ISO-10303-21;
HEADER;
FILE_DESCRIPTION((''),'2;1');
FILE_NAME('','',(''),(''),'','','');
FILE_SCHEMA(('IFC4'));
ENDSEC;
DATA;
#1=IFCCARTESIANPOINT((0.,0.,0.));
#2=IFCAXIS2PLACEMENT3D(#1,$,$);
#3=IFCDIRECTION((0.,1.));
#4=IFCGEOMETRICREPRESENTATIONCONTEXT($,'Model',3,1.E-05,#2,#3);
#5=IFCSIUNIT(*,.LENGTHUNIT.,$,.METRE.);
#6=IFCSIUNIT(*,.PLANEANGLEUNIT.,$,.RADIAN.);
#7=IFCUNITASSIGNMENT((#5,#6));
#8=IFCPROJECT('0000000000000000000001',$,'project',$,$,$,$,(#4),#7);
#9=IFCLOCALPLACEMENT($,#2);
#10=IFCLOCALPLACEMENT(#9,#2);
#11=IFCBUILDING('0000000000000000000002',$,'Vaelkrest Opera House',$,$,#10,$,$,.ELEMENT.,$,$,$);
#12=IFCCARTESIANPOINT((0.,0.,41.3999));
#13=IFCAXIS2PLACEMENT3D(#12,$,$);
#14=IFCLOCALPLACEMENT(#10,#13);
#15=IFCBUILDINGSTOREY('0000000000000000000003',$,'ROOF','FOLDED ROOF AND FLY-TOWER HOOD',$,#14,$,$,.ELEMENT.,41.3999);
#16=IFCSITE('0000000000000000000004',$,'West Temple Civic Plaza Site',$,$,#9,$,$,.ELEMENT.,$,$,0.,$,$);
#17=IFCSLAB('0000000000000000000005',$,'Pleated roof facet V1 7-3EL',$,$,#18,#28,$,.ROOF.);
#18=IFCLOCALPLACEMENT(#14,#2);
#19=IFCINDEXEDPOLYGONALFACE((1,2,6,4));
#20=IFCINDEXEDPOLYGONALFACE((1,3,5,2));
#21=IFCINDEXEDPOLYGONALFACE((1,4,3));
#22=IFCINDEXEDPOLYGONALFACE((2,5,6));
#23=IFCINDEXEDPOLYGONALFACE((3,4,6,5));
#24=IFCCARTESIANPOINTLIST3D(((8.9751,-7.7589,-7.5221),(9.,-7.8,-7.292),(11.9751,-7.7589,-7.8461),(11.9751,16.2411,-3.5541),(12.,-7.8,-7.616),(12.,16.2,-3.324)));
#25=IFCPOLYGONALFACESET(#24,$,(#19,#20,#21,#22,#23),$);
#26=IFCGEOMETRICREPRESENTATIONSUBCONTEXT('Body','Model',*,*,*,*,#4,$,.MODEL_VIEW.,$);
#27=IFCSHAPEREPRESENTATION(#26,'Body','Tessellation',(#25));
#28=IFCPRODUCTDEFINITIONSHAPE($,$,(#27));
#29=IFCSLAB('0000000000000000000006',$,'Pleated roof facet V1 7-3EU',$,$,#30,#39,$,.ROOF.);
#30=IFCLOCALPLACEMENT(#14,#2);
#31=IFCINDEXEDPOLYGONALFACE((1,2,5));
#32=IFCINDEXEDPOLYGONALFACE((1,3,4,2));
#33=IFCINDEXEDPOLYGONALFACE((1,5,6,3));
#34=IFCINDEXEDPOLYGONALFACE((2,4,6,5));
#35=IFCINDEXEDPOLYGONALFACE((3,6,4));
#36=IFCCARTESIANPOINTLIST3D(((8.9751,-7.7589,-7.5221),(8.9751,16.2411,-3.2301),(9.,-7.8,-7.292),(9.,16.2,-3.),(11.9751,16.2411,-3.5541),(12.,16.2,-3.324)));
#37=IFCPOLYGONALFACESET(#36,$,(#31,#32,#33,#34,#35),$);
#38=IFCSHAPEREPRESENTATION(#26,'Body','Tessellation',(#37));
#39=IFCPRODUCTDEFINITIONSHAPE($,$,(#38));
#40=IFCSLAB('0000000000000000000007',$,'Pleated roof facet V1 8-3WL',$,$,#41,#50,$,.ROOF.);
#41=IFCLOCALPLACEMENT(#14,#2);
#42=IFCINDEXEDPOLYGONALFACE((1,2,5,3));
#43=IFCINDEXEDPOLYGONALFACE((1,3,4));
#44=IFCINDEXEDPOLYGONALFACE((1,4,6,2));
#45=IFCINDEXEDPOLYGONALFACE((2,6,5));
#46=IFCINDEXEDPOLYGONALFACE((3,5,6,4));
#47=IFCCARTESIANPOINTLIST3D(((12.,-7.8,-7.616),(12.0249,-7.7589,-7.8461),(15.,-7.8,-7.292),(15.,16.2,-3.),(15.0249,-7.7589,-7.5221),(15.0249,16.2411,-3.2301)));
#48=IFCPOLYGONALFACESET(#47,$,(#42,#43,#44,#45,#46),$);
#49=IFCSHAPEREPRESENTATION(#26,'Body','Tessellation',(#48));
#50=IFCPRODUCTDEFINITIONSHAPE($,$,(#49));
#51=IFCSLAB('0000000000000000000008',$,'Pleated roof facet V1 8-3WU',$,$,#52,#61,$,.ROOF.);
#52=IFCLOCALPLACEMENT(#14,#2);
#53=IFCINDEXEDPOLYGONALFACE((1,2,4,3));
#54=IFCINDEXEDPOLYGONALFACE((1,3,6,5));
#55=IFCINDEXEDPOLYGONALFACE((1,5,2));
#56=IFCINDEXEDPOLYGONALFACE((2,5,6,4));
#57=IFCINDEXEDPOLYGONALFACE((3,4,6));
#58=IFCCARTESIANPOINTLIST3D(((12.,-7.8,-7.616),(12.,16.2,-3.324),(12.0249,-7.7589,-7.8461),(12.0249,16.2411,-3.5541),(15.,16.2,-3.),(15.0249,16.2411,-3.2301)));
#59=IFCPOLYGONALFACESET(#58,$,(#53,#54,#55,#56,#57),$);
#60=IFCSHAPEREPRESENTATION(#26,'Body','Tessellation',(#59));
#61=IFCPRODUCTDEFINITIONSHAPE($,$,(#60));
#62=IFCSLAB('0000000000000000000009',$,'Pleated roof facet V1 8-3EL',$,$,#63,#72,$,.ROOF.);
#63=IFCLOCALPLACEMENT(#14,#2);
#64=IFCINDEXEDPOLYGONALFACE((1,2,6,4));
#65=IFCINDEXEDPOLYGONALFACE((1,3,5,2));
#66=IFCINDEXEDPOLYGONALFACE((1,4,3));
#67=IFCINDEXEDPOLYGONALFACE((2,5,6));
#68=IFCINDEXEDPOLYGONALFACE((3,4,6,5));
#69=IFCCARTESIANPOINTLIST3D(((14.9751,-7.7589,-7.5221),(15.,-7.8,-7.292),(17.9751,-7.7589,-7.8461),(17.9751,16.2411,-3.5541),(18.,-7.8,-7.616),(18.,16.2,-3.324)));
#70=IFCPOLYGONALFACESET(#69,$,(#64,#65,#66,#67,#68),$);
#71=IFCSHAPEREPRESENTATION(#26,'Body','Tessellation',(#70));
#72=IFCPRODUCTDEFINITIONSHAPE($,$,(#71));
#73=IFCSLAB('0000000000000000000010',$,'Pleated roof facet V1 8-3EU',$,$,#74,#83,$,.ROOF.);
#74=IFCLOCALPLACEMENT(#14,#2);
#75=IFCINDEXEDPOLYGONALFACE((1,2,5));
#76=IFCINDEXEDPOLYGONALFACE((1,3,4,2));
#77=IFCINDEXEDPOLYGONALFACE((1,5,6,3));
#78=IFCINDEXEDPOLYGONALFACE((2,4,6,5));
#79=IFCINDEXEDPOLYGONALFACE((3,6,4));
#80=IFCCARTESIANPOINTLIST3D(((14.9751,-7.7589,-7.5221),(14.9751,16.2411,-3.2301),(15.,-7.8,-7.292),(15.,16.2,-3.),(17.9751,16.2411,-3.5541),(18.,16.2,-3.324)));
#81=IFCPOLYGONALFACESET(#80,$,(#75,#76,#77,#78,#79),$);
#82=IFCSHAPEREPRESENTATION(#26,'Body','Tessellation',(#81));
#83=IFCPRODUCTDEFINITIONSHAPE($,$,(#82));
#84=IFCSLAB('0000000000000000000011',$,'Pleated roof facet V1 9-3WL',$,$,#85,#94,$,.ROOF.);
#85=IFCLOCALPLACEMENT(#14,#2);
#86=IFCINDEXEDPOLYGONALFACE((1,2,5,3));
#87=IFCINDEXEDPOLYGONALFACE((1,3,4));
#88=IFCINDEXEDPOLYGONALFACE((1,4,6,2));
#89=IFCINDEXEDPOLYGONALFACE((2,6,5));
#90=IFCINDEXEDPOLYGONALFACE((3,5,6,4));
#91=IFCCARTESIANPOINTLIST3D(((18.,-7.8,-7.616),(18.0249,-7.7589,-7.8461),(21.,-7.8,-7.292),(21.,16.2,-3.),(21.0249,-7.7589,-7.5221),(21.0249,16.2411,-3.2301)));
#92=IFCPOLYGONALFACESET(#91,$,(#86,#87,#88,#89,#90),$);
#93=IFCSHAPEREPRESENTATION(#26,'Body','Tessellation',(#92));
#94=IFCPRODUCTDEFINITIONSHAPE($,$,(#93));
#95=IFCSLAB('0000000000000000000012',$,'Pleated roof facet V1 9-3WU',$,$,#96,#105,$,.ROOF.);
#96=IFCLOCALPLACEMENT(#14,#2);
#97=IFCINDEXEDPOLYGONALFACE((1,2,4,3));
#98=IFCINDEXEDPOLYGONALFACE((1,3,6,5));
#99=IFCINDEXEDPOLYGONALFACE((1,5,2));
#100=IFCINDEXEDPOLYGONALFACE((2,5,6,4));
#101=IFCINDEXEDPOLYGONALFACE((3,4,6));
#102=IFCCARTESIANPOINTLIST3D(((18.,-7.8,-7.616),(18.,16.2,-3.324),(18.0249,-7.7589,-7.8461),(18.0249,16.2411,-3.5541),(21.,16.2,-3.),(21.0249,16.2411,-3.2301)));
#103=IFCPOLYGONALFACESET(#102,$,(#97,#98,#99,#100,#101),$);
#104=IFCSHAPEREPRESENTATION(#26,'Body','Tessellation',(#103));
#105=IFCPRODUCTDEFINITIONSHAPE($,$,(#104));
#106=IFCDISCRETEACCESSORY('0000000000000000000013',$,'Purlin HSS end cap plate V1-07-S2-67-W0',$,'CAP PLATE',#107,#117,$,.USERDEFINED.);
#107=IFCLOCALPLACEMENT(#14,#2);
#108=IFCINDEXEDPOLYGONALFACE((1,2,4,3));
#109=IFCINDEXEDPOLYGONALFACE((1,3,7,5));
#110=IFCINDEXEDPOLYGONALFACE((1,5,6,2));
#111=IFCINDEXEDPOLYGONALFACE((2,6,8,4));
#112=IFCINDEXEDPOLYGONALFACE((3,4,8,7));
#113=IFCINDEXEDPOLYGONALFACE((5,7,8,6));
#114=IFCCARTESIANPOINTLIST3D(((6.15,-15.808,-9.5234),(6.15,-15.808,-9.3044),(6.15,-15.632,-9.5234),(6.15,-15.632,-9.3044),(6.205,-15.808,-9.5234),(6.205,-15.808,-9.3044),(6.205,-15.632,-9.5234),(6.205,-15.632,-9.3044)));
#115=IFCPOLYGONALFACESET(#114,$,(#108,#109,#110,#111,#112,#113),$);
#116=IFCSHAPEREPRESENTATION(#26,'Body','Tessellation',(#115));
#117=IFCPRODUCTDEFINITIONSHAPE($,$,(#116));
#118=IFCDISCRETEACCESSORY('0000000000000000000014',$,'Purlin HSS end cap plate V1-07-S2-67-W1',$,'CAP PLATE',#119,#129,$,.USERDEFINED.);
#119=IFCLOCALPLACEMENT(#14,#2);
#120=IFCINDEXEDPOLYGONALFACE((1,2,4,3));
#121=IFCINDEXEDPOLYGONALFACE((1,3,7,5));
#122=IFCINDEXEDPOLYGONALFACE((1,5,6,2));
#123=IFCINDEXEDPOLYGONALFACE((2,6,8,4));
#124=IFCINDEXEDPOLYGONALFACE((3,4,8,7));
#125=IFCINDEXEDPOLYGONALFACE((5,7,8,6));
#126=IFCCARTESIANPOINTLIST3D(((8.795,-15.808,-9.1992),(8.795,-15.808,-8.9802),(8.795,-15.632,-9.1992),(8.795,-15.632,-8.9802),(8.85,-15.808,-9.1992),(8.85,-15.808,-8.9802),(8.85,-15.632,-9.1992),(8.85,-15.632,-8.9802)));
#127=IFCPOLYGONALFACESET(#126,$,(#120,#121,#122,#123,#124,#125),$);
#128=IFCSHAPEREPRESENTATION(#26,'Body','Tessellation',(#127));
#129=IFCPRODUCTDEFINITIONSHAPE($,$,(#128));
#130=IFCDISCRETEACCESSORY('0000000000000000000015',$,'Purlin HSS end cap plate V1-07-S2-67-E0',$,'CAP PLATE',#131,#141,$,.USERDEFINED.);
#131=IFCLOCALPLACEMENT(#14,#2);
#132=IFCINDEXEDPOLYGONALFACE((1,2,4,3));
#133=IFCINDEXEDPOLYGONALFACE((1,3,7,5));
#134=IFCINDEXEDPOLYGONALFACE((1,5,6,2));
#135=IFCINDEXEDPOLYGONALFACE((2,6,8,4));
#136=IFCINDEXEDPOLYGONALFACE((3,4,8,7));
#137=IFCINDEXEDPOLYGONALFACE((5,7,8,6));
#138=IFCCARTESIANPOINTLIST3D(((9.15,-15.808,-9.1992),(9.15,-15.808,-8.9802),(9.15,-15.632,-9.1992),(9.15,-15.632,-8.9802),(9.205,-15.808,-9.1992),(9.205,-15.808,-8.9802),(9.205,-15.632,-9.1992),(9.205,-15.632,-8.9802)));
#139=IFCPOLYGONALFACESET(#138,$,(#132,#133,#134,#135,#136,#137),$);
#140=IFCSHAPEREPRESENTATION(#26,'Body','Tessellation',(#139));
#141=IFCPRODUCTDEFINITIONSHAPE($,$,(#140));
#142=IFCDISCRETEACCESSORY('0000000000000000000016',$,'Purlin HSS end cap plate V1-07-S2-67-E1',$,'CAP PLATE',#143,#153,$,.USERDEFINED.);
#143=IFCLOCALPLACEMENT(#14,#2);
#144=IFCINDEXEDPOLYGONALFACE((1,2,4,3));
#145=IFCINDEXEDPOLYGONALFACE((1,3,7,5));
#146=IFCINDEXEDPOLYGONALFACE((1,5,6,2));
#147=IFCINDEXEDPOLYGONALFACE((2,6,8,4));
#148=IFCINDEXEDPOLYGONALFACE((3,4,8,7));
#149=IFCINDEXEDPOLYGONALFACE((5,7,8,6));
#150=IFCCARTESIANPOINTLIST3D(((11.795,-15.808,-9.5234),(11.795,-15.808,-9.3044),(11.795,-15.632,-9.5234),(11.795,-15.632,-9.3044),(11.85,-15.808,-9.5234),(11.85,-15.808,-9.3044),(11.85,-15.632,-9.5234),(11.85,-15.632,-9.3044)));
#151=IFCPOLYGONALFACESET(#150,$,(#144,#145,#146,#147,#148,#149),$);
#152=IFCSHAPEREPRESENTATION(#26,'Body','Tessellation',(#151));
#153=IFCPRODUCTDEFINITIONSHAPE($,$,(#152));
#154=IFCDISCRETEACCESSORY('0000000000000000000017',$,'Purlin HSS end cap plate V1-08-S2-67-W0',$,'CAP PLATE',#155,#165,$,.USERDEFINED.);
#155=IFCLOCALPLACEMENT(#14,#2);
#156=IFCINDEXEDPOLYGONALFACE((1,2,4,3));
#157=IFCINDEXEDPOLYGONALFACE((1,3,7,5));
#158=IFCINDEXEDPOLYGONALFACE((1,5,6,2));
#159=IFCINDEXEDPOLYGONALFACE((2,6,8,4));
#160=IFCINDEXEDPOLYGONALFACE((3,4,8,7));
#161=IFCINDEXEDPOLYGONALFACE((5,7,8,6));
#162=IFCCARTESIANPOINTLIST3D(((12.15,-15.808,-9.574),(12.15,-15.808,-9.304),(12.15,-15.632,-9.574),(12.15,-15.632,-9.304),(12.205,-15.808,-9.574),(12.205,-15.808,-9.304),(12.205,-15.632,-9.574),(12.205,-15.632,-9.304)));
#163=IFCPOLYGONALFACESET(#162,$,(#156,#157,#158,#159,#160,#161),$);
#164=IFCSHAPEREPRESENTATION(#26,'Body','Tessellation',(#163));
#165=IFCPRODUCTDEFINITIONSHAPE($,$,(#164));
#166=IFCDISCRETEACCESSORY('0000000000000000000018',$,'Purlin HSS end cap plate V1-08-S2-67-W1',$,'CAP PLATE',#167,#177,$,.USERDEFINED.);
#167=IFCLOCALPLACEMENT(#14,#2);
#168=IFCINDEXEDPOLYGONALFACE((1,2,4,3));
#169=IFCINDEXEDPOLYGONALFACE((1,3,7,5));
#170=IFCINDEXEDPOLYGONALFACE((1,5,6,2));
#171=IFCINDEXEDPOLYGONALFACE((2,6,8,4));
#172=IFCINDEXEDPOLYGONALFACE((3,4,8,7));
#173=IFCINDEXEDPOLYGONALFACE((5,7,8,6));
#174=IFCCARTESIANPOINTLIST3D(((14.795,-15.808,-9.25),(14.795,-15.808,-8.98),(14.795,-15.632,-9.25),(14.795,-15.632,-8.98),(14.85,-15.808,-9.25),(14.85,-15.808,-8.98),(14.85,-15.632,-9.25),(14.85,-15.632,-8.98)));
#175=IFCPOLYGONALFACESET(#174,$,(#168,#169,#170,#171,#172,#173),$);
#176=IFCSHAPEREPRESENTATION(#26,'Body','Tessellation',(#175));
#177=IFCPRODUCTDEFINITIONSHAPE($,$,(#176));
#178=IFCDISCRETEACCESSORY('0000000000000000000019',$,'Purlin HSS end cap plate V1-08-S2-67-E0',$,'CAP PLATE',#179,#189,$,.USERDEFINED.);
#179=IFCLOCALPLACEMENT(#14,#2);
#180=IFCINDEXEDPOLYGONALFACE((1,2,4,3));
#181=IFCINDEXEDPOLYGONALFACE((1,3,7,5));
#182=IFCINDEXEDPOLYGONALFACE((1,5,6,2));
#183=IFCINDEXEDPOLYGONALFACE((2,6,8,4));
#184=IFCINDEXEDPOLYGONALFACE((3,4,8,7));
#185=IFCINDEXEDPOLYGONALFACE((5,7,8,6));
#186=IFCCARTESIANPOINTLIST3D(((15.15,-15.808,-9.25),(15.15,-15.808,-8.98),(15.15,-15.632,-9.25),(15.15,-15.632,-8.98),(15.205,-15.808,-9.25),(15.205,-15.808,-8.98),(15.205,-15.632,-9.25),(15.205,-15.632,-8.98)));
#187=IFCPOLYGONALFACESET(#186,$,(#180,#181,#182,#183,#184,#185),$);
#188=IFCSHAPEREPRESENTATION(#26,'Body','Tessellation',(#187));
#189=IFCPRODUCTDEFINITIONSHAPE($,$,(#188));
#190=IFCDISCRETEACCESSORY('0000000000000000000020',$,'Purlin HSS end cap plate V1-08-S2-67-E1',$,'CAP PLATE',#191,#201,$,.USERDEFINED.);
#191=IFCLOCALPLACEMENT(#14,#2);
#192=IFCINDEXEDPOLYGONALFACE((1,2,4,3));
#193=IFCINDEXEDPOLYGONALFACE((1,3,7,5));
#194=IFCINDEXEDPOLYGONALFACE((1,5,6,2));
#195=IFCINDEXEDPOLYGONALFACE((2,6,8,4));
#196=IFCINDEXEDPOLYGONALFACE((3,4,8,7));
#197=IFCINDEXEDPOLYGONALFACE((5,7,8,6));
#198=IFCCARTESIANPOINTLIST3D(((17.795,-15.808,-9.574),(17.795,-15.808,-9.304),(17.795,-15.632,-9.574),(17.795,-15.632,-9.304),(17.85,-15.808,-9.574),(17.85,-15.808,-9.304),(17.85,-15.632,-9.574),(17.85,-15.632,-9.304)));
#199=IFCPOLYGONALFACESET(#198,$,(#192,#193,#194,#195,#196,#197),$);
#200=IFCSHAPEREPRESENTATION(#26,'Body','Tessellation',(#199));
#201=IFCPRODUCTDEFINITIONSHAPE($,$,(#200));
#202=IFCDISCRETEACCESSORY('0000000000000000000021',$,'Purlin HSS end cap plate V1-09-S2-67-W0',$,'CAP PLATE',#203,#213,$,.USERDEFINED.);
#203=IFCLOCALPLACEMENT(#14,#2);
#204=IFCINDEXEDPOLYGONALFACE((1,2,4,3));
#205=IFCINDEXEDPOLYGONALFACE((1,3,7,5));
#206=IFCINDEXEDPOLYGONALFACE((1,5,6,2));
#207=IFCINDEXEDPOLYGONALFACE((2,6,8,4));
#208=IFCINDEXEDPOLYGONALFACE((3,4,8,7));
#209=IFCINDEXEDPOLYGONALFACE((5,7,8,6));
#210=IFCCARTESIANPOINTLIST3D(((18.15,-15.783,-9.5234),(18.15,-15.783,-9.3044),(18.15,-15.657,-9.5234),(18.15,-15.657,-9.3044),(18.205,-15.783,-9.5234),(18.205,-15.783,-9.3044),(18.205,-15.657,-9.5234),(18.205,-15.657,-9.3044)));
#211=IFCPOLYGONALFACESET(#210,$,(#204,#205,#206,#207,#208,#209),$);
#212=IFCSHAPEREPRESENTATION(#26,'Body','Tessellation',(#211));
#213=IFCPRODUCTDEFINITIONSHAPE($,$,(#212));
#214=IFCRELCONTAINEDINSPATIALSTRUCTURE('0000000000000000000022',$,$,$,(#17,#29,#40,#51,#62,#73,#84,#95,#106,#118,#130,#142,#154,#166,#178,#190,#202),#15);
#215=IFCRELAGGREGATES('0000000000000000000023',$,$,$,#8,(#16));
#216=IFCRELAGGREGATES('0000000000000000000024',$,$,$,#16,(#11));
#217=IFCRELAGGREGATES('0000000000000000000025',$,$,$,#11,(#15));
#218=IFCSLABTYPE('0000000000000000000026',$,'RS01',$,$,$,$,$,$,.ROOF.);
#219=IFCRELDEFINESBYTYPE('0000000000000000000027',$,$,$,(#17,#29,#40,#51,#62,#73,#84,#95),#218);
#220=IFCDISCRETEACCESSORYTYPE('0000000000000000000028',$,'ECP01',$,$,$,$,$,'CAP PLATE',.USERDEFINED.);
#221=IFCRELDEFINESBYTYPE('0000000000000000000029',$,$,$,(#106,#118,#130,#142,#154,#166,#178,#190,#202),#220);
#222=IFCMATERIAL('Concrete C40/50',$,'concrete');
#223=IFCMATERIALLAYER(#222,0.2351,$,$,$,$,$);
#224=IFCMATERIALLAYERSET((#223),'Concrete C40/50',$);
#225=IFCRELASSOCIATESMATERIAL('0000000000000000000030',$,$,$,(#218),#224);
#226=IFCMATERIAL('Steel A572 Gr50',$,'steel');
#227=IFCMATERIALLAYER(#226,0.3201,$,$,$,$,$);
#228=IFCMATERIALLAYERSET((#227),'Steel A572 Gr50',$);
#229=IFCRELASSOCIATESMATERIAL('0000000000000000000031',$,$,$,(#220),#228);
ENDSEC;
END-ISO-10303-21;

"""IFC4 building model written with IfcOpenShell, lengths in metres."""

from ifc_helpers import new_model, si_unit, direction, frame, origin, origin_2d, place, context, subcontext, project, spatial, polyline, rectangle, outline, extrude, material, layer, layer_set, type_object, element, save


model = new_model("IFC4")

# Units and contexts
model_context = context("Model", 3, precision=1e-05, world=origin(), true_north=direction((0.0, 1.0)))
body_context = subcontext(model_context, "Body", "Model", "MODEL_VIEW")
ifc_project = project(units=[si_unit("LENGTHUNIT", "METRE"), si_unit("PLANEANGLEUNIT", "RADIAN")], contexts=[model_context])

# Site, building, storey
site_placement = place(None, origin())
site = spatial("IfcSite", under=ifc_project, at=site_placement, Name="West Temple Civic Plaza Site", CompositionType="ELEMENT", RefElevation=0.0)
building_placement = place(site_placement, origin())
building = spatial("IfcBuilding", under=site, at=building_placement, Name="Vaelkrest Opera House", CompositionType="ELEMENT")
storey_placement = place(building_placement, frame((0.0, 0.0, 41.3999)))
storey = spatial("IfcBuildingStorey", under=building, at=storey_placement, Name="ROOF", Description="FOLDED ROOF AND FLY-TOWER HOOD", CompositionType="ELEMENT", Elevation=41.3999)

# Shared definitions
ifc_material_1 = material(Name="Steel A572 Gr50", Category="steel")

# Slabs
ifc_material_2 = material(Name="Concrete C40/50", Category="concrete")
ifc_layer_1 = layer(ifc_material_2, 0.2351)
ifc_layer_set_1 = layer_set([ifc_layer_1], Name="Concrete C40/50")
slab_type = type_object("IfcSlabType", Name="RS01", PredefinedType="ROOF", material=ifc_layer_set_1)
slab_1_placement = place(storey_placement, frame((9.0, -7.8, -7.292), z_axis=(0.105709, -0.175054, 0.978868), x_axis=(0.994219, 0.0, -0.107367)))
element("IfcSlab", 1, at=slab_1_placement, inside=storey, type_object=slab_type, Name="Pleated roof facet V1 7-3EL", PredefinedType="ROOF", context=body_context, shape_type="SweptSolid", body=[
    extrude(outline(polyline([(0.0, 0.0), (3.0174, 0.0), (2.5566, 24.3764), (0.0, 0.0)])), origin(), (0.0, 0.0, -1.0), 0.2351),
])
slab_2_placement = place(storey_placement, frame((9.0, -7.8, -7.292), z_axis=(0.105709, -0.175054, 0.978868), x_axis=(0.122399, 0.979188, 0.161893)))
element("IfcSlab", 2, at=slab_2_placement, inside=storey, type_object=slab_type, Name="Pleated roof facet V1 7-3EU", PredefinedType="ROOF", context=body_context, shape_type="SweptSolid", body=[
    extrude(outline(polyline([(0.0, 0.0), (24.5101, 0.0), (24.1954, 3.001), (0.0, 0.0)])), origin(), (0.0, 0.0, -1.0), 0.2351),
])
slab_3_placement = place(storey_placement, frame((12.0, -7.8, -7.616), z_axis=(-0.105709, -0.175054, 0.978868), x_axis=(0.994219, 0.0, 0.107367)))
element("IfcSlab", 3, at=slab_3_placement, inside=storey, type_object=slab_type, Name="Pleated roof facet V1 8-3WL", PredefinedType="ROOF", context=body_context, shape_type="SweptSolid", body=[
    extrude(outline(polyline([(0.0, 0.0), (3.0174, 0.0), (3.4783, 24.3764), (0.0, 0.0)])), origin(), (0.0, 0.0, -1.0), 0.2351),
])
slab_4_placement = place(storey_placement, frame((12.0, -7.8, -7.616), z_axis=(-0.105709, -0.175054, 0.978868), x_axis=(0.121836, 0.974686, 0.187463)))
element("IfcSlab", 4, at=slab_4_placement, inside=storey, type_object=slab_type, Name="Pleated roof facet V1 8-3WU", PredefinedType="ROOF", context=body_context, shape_type="SweptSolid", body=[
    extrude(outline(polyline([(0.0, 0.0), (24.6233, 0.0), (24.1971, 2.9872), (0.0, 0.0)])), origin(), (0.0, 0.0, -1.0), 0.2351),
])
slab_5_placement = place(storey_placement, frame((15.0, -7.8, -7.292), z_axis=(0.105709, -0.175054, 0.978868), x_axis=(0.994219, 0.0, -0.107367)))
element("IfcSlab", 5, at=slab_5_placement, inside=storey, type_object=slab_type, Name="Pleated roof facet V1 8-3EL", PredefinedType="ROOF", context=body_context, shape_type="SweptSolid", body=[
    extrude(outline(polyline([(0.0, 0.0), (3.0174, 0.0), (2.5566, 24.3764), (0.0, 0.0)])), origin(), (0.0, 0.0, -1.0), 0.2351),
])
slab_6_placement = place(storey_placement, frame((15.0, -7.8, -7.292), z_axis=(0.105709, -0.175054, 0.978868), x_axis=(0.122399, 0.979188, 0.161893)))
element("IfcSlab", 6, at=slab_6_placement, inside=storey, type_object=slab_type, Name="Pleated roof facet V1 8-3EU", PredefinedType="ROOF", context=body_context, shape_type="SweptSolid", body=[
    extrude(outline(polyline([(0.0, 0.0), (24.5101, 0.0), (24.1954, 3.001), (0.0, 0.0)])), origin(), (0.0, 0.0, -1.0), 0.2351),
])
slab_7_placement = place(storey_placement, frame((18.0, -7.8, -7.616), z_axis=(-0.105709, -0.175054, 0.978868), x_axis=(0.994219, 0.0, 0.107367)))
element("IfcSlab", 7, at=slab_7_placement, inside=storey, type_object=slab_type, Name="Pleated roof facet V1 9-3WL", PredefinedType="ROOF", context=body_context, shape_type="SweptSolid", body=[
    extrude(outline(polyline([(0.0, 0.0), (3.0174, 0.0), (3.4783, 24.3764), (0.0, 0.0)])), origin(), (0.0, 0.0, -1.0), 0.2351),
])
slab_8_placement = place(storey_placement, frame((18.0, -7.8, -7.616), z_axis=(-0.105709, -0.175054, 0.978868), x_axis=(0.121836, 0.974686, 0.187463)))
element("IfcSlab", 8, at=slab_8_placement, inside=storey, type_object=slab_type, Name="Pleated roof facet V1 9-3WU", PredefinedType="ROOF", context=body_context, shape_type="SweptSolid", body=[
    extrude(outline(polyline([(0.0, 0.0), (24.6233, 0.0), (24.1971, 2.9872), (0.0, 0.0)])), origin(), (0.0, 0.0, -1.0), 0.2351),
])

# Discrete accessories
ifc_layer_2 = layer(ifc_material_1, 0.3201)
ifc_layer_set_2 = layer_set([ifc_layer_2], Name="Steel A572 Gr50")
discrete_accessory_type = type_object("IfcDiscreteAccessoryType", Name="ECP01", ElementType="CAP PLATE", PredefinedType="USERDEFINED", material=ifc_layer_set_2)
for number, where, z_axis, x_axis, name in (
    (9, (6.1775, -15.72, -9.5234), (0.0, 0.0, 1.0), (1.0, 0.0, 0.0), "Purlin HSS end cap plate V1-07-S2-67-W0"),
    (10, (8.8225, -15.72, -9.1992), (0.0, 0.0, 1.0), (1.0, 0.0, 0.0), "Purlin HSS end cap plate V1-07-S2-67-W1"),
    (11, (9.1775, -15.72, -9.1992), (0.0, 0.0, 1.0), (1.0, 0.0, 0.0), "Purlin HSS end cap plate V1-07-S2-67-E0"),
    (12, (11.8225, -15.72, -9.5234), (0.0, 0.0, 1.0), (1.0, 0.0, 0.0), "Purlin HSS end cap plate V1-07-S2-67-E1"),
):
    element("IfcDiscreteAccessory", number, at=place(storey_placement, frame(where, z_axis=z_axis, x_axis=x_axis)), inside=storey, type_object=discrete_accessory_type, Name=name, ObjectType="CAP PLATE", PredefinedType="USERDEFINED", context=body_context, shape_type="SweptSolid", body=[
        extrude(rectangle(XDim=0.0549, YDim=0.176, at=origin_2d()), origin(), (0.0, 0.0, 1.0), 0.219),
    ])
for number, where, z_axis, x_axis, name in (
    (13, (12.1775, -15.72, -9.574), (0.0, 0.0, 1.0), (1.0, 0.0, 0.0), "Purlin HSS end cap plate V1-08-S2-67-W0"),
    (14, (14.8225, -15.72, -9.25), (0.0, 0.0, 1.0), (1.0, 0.0, 0.0), "Purlin HSS end cap plate V1-08-S2-67-W1"),
    (15, (15.1775, -15.72, -9.25), (0.0, 0.0, 1.0), (1.0, 0.0, 0.0), "Purlin HSS end cap plate V1-08-S2-67-E0"),
    (16, (17.8225, -15.72, -9.574), (0.0, 0.0, 1.0), (1.0, 0.0, 0.0), "Purlin HSS end cap plate V1-08-S2-67-E1"),
):
    element("IfcDiscreteAccessory", number, at=place(storey_placement, frame(where, z_axis=z_axis, x_axis=x_axis)), inside=storey, type_object=discrete_accessory_type, Name=name, ObjectType="CAP PLATE", PredefinedType="USERDEFINED", context=body_context, shape_type="SweptSolid", body=[
        extrude(rectangle(XDim=0.0549, YDim=0.176, at=origin_2d()), origin(), (0.0, 0.0, 1.0), 0.27),
    ])
discrete_accessory_placement = place(storey_placement, frame((18.1775, -15.72, -9.5234), z_axis=(0.0, 0.0, 1.0), x_axis=(1.0, 0.0, 0.0)))
element("IfcDiscreteAccessory", 17, at=discrete_accessory_placement, inside=storey, type_object=discrete_accessory_type, Name="Purlin HSS end cap plate V1-09-S2-67-W0", ObjectType="CAP PLATE", PredefinedType="USERDEFINED", context=body_context, shape_type="SweptSolid", body=[
    extrude(rectangle(XDim=0.0549, YDim=0.126, at=origin_2d()), origin(), (0.0, 0.0, 1.0), 0.219),
])

save(model, "model.ifc")
